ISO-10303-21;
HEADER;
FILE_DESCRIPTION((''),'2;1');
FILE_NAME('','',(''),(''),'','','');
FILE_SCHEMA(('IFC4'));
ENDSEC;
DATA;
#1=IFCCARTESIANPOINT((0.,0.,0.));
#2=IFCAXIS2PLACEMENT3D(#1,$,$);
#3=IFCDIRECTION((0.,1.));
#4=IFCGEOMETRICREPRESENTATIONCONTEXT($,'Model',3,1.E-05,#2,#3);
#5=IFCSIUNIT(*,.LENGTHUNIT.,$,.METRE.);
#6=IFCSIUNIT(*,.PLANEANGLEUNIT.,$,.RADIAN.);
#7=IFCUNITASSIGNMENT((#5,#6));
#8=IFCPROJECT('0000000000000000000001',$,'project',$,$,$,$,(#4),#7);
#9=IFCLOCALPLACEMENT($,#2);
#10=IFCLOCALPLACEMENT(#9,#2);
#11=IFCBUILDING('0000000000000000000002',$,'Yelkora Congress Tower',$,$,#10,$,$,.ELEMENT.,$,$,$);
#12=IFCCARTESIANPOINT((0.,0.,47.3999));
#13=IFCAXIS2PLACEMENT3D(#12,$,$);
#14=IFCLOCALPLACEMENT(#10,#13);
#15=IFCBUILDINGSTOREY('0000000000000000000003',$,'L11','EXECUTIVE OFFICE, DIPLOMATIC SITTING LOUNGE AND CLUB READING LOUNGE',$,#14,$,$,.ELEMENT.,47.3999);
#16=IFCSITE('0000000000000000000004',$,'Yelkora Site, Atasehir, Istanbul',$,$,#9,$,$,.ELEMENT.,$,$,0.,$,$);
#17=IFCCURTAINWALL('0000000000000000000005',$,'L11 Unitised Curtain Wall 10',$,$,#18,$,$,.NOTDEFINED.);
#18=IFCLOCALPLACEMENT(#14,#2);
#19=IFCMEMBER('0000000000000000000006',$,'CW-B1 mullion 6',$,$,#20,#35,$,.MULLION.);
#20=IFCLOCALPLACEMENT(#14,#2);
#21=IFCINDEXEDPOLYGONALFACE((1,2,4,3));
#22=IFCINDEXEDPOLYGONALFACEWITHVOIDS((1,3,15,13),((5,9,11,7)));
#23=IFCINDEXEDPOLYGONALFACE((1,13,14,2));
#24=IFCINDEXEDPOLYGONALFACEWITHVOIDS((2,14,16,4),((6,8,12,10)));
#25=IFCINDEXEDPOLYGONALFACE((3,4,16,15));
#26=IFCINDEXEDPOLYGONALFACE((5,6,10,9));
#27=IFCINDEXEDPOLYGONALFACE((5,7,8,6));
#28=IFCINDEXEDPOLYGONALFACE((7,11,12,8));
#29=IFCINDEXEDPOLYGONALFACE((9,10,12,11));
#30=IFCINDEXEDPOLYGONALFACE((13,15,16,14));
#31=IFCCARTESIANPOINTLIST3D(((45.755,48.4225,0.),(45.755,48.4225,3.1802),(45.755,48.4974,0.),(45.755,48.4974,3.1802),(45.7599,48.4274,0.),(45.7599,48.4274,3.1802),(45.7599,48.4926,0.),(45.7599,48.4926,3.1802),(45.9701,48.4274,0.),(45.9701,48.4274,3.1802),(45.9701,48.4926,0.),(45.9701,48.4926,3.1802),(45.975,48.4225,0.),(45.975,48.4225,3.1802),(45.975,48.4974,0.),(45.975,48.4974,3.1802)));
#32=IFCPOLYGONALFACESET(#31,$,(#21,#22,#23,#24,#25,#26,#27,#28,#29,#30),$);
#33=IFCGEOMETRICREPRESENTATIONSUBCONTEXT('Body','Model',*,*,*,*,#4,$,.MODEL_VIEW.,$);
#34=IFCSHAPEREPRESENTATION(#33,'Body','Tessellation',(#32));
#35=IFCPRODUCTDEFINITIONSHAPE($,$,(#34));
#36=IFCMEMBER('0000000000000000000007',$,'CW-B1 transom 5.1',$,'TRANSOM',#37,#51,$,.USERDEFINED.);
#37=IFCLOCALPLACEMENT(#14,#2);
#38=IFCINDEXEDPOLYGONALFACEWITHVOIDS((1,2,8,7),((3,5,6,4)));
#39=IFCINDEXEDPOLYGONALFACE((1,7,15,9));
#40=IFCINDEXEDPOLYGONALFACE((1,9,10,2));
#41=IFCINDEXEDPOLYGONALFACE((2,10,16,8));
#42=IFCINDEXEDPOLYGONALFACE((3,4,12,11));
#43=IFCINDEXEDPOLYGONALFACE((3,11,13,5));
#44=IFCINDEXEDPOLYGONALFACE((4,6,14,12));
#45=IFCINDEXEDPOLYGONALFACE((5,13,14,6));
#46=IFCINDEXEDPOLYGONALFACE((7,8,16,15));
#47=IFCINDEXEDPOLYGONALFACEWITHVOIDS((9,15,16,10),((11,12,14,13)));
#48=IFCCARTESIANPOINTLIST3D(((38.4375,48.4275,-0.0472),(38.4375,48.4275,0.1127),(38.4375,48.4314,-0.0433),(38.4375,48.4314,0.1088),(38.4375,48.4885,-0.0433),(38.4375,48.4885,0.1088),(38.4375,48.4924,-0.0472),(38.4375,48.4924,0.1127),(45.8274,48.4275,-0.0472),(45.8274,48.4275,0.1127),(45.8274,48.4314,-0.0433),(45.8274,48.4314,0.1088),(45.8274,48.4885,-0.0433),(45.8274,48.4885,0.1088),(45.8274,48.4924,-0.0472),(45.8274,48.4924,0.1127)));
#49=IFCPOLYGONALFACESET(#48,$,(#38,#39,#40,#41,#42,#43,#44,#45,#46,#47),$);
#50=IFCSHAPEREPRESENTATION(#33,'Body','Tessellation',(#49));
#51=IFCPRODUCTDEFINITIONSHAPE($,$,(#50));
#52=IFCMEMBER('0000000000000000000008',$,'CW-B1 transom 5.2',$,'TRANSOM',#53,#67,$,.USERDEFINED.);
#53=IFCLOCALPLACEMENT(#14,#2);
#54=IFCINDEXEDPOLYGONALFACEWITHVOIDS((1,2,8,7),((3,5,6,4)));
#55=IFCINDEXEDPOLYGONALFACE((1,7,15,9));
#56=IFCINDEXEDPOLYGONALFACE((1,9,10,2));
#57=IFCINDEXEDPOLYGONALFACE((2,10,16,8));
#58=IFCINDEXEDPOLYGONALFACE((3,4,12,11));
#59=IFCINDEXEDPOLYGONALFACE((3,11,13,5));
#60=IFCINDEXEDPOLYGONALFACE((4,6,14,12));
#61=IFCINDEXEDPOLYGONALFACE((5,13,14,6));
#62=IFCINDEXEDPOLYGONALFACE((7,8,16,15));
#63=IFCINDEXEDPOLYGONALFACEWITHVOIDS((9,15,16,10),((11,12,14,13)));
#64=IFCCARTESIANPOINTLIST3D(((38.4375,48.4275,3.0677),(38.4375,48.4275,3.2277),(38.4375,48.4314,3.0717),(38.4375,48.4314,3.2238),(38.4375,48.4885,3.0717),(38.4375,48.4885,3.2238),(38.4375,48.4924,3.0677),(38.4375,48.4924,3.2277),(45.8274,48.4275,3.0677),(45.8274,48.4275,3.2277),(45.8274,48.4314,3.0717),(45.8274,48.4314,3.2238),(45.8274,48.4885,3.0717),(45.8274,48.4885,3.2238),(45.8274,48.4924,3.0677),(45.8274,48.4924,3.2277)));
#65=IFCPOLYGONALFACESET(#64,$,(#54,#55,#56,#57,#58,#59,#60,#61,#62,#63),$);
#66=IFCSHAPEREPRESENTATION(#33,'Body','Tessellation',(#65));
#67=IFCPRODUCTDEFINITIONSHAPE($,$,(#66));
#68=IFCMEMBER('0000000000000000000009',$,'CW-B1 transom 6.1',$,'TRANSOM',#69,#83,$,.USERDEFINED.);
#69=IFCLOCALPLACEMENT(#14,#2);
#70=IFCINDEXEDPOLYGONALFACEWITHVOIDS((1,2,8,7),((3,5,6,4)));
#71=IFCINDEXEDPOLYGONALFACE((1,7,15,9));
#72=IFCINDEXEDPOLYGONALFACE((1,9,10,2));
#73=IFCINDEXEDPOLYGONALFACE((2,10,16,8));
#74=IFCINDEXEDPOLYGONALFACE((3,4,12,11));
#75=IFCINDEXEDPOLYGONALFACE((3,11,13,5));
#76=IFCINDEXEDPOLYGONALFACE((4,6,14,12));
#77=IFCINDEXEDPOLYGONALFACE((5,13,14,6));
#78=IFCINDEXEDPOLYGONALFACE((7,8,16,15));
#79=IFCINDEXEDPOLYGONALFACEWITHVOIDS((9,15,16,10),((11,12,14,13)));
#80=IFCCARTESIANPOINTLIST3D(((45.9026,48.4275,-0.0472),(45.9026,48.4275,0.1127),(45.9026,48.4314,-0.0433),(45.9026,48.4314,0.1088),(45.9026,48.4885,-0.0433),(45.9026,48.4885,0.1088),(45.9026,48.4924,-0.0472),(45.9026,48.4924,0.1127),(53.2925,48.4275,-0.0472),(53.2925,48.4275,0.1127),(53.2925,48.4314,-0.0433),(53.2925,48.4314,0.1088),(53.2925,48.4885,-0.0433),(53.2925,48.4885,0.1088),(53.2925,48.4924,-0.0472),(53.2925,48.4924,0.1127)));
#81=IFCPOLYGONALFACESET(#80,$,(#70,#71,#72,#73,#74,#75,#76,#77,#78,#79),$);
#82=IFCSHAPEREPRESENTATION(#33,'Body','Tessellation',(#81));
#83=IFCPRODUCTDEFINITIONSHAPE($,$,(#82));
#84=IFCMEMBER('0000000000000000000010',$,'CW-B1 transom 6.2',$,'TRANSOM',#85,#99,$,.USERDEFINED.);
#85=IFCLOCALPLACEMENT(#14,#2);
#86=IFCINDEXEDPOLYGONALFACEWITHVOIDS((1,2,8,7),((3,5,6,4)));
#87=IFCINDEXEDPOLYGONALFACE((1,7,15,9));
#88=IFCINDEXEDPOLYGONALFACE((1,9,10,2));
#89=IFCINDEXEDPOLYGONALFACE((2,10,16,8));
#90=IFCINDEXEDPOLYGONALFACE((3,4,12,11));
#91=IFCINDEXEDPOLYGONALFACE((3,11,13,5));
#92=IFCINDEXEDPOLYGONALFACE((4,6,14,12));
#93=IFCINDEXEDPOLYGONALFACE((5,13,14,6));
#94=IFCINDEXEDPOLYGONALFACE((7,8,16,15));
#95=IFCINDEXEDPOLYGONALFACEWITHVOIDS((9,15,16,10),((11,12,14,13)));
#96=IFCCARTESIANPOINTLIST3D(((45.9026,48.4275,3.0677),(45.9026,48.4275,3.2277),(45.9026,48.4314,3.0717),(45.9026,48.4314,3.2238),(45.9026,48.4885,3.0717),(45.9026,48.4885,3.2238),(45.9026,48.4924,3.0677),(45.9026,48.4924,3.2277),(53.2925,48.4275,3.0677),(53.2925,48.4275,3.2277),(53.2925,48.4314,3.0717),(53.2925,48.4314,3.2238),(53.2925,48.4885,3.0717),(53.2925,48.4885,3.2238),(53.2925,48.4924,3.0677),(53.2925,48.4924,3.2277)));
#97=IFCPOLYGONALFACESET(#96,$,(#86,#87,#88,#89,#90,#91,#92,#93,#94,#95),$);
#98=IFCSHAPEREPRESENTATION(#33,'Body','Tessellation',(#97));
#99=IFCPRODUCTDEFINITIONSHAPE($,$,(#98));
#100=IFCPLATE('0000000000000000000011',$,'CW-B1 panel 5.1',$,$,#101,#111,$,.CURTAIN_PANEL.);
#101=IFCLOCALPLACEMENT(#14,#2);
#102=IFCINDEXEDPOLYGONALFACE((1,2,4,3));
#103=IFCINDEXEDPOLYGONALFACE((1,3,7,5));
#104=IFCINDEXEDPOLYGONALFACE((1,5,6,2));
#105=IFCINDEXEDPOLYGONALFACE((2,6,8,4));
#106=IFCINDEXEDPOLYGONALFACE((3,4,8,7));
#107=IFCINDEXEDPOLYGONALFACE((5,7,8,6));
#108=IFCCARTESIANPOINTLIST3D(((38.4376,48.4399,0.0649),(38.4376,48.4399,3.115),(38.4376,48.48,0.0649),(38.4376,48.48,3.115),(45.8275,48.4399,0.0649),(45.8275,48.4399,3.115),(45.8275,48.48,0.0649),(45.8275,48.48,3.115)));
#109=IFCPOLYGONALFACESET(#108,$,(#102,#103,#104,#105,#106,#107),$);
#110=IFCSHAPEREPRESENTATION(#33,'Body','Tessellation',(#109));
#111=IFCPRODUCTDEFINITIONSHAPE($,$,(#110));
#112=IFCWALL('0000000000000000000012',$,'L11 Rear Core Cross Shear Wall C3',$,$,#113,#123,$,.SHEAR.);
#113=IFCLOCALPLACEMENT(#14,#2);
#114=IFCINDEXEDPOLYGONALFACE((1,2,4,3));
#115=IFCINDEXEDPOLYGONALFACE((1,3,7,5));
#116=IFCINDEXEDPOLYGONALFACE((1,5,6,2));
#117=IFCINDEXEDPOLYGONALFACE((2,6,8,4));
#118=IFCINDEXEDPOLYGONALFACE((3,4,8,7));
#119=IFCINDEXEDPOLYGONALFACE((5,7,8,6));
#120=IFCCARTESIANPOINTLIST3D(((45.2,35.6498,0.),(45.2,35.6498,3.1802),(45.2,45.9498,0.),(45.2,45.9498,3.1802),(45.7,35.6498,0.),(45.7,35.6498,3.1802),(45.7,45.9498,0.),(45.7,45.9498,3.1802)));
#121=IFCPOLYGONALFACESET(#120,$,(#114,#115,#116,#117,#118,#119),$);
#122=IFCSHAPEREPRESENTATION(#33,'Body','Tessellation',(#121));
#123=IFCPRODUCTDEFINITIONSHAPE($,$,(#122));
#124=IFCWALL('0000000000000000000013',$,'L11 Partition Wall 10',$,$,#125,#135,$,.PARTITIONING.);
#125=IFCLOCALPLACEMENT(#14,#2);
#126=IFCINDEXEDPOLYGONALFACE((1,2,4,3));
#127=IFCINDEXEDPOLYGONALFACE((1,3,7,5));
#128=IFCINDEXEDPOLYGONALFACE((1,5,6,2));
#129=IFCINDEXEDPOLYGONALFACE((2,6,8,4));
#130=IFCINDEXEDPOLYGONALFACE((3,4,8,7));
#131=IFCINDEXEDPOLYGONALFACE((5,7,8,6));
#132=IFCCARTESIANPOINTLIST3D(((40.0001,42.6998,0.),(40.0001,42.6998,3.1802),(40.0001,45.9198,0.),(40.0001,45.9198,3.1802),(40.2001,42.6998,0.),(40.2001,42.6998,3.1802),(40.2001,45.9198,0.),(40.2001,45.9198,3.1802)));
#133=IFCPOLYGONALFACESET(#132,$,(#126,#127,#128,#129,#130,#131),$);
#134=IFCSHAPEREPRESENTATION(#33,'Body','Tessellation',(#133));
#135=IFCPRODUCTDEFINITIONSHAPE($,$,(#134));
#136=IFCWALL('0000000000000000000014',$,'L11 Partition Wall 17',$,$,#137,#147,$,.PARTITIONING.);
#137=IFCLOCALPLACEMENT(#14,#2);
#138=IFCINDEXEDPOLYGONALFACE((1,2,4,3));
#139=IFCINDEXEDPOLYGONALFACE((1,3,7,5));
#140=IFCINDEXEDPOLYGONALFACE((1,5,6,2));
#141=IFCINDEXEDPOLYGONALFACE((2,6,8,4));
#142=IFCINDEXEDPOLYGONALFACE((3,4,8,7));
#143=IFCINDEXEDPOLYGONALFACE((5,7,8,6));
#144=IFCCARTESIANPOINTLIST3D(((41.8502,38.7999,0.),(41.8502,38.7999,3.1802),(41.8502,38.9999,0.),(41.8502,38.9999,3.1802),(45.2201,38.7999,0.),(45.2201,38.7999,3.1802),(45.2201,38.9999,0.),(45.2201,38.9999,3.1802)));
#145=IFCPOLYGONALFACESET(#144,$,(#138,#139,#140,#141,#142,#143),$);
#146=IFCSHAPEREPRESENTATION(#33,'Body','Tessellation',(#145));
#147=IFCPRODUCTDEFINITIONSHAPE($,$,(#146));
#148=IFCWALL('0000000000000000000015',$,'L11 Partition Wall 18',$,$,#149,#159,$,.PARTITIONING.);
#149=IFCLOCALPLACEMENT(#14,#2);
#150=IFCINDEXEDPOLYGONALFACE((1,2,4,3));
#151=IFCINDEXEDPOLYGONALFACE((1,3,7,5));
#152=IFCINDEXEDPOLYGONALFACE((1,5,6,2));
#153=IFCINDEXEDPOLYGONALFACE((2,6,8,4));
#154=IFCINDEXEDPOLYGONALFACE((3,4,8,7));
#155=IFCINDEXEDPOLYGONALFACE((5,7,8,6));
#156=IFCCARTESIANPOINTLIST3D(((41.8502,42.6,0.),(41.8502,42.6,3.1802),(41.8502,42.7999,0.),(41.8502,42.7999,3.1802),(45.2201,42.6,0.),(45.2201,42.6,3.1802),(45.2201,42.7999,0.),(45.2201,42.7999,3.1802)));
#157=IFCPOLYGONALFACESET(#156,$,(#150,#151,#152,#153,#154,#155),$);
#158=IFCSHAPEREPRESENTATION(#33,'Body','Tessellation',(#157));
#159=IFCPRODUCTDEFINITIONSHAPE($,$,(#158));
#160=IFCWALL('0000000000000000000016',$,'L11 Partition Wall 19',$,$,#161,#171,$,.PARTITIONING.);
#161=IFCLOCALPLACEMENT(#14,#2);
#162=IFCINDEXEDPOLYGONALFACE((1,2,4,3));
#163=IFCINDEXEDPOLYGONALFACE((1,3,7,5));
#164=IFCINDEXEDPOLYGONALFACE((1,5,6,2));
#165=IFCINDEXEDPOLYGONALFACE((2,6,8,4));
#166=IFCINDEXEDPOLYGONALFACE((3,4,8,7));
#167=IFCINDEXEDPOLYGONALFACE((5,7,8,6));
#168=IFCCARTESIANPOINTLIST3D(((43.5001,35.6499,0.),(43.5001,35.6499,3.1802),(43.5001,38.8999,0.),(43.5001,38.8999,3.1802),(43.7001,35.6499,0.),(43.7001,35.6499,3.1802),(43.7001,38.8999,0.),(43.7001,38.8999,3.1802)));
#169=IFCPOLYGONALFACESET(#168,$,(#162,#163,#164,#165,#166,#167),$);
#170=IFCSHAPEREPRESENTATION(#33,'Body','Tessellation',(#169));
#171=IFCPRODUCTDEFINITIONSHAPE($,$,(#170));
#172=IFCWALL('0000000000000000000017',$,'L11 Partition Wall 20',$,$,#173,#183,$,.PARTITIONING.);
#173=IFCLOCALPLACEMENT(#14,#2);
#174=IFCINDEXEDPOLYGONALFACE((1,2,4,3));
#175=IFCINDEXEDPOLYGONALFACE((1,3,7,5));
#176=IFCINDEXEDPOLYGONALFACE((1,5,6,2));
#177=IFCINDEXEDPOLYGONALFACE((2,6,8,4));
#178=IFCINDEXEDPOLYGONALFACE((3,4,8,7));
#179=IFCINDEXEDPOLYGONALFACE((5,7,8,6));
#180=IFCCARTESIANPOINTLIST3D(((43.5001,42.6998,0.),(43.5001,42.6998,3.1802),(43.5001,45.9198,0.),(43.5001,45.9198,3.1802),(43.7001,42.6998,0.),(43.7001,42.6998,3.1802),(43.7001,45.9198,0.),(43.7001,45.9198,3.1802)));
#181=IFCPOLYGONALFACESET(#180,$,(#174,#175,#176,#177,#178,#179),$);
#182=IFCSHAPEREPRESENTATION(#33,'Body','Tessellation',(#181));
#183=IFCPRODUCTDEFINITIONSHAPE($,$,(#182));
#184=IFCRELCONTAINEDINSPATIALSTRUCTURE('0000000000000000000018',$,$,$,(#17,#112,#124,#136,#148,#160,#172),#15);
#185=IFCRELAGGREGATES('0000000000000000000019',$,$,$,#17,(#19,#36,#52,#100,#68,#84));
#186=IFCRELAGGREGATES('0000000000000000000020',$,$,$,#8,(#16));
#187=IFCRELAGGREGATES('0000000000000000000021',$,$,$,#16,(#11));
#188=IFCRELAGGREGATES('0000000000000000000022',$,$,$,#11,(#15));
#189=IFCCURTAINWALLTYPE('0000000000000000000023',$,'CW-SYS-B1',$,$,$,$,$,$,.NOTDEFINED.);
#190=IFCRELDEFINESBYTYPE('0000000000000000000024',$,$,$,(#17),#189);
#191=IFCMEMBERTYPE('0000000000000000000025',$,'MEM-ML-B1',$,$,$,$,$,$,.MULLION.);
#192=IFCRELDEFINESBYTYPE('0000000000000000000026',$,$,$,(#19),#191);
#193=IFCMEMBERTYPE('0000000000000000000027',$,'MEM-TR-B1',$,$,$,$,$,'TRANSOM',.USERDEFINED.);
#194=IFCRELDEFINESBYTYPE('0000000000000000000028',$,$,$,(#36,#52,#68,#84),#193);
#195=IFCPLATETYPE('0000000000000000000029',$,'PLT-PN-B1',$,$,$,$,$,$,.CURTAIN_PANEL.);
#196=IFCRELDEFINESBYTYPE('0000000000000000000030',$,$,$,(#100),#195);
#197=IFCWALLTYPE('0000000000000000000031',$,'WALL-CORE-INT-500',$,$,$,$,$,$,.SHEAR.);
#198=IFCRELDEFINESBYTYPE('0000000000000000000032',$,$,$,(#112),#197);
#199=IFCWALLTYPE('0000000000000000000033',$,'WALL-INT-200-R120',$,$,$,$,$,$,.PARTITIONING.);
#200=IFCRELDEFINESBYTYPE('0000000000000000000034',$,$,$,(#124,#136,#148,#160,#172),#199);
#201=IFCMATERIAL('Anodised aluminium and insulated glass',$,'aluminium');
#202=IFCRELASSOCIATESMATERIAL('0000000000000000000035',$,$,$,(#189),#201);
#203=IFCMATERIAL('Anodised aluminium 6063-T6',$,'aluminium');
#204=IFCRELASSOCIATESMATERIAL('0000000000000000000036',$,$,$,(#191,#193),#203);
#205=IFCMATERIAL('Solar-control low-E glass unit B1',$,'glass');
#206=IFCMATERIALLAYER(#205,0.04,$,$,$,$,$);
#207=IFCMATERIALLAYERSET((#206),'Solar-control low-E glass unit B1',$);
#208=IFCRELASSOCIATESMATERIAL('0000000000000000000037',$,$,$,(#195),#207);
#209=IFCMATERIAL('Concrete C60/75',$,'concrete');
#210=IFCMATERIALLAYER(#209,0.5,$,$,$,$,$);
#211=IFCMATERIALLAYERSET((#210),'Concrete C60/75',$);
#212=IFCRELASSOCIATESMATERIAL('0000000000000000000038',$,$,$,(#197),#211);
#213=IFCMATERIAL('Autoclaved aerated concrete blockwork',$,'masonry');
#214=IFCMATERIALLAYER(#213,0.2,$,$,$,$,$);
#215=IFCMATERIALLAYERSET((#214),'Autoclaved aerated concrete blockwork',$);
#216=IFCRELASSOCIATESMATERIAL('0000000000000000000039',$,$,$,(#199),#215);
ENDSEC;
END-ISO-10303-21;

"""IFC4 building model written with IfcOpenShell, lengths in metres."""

from ifc_helpers import new_model, si_unit, direction, frame, frame_2d, origin, origin_2d, place, context, subcontext, project, spatial, rectangle, hollow_rectangle, extrude, material, layer, layer_set, material_profile, profile_set, type_object, element, aggregate, save


model = new_model("IFC4")

# Units and contexts
model_context = context("Model", 3, precision=1e-05, world=origin(), true_north=direction((0.0, 1.0)))
body_context = subcontext(model_context, "Body", "Model", "MODEL_VIEW")
ifc_project = project(units=[si_unit("LENGTHUNIT", "METRE"), si_unit("PLANEANGLEUNIT", "RADIAN")], contexts=[model_context])

# Site, building, storey
site_placement = place(None, origin())
site = spatial("IfcSite", under=ifc_project, at=site_placement, Name="Yelkora Site, Atasehir, Istanbul", CompositionType="ELEMENT", RefElevation=0.0)
building_placement = place(site_placement, origin())
building = spatial("IfcBuilding", under=site, at=building_placement, Name="Yelkora Congress Tower", CompositionType="ELEMENT")
storey_placement = place(building_placement, frame((0.0, 0.0, 47.3999)))
storey = spatial("IfcBuildingStorey", under=building, at=storey_placement, Name="L11", Description="EXECUTIVE OFFICE, DIPLOMATIC SITTING LOUNGE AND CLUB READING LOUNGE", CompositionType="ELEMENT", Elevation=47.3999)

# Shared definitions
ifc_material_1 = material(Name="Concrete C60/75", Category="concrete")

# Curtain wall, members, plate
ifc_material_2 = material(Name="Anodised aluminium and insulated glass", Category="aluminium")
curtain_wall_type = type_object("IfcCurtainWallType", Name="CW-SYS-B1", PredefinedType="NOTDEFINED", material=ifc_material_2)
curtain_wall_placement = place(storey_placement, origin())
curtain_wall = element("IfcCurtainWall", 1, at=curtain_wall_placement, inside=storey, type_object=curtain_wall_type, Name="L11 Unitised Curtain Wall 10", PredefinedType="NOTDEFINED")
ifc_material_3 = material(Name="Anodised aluminium 6063-T6", Category="aluminium")
ifc_material_profile_1 = material_profile(ifc_material_3, hollow_rectangle(XDim=0.075, YDim=0.22, WallThickness=0.0049, at=origin_2d()), Name="ALU 75x220x5")
ifc_profile_set_1 = profile_set([ifc_material_profile_1], Name="Anodised aluminium 6063-T6")
member_type_1 = type_object("IfcMemberType", Name="MEM-ML-B1", PredefinedType="MULLION", material=ifc_profile_set_1)
member_1_placement = place(storey_placement, frame((45.865, 48.46, 0.0), z_axis=(0.0, 0.0, 1.0), x_axis=(0.0, 1.0, 0.0)))
member_1 = element("IfcMember", 2, at=member_1_placement, type_object=member_type_1, Name="CW-B1 mullion 6", PredefinedType="MULLION", context=body_context, shape_type="SweptSolid", body=[
    extrude(hollow_rectangle(XDim=0.075, YDim=0.22, WallThickness=0.0049, at=origin_2d()), origin(), (0.0, 0.0, 1.0), 3.1802),
])
ifc_material_profile_2 = material_profile(ifc_material_3, hollow_rectangle(XDim=0.0649, YDim=0.1599, WallThickness=0.0039, at=origin_2d()), Name="ALU 65x160x4")
ifc_profile_set_2 = profile_set([ifc_material_profile_2], Name="Anodised aluminium 6063-T6")
member_type_2 = type_object("IfcMemberType", Name="MEM-TR-B1", ElementType="TRANSOM", PredefinedType="USERDEFINED", material=ifc_profile_set_2)
member_2_placement = place(storey_placement, frame((38.4375, 48.46, 0.0327), z_axis=(1.0, 0.0, 0.0), x_axis=(0.0, 1.0, 0.0)))
member_2 = element("IfcMember", 3, at=member_2_placement, type_object=member_type_2, Name="CW-B1 transom 5.1", ObjectType="TRANSOM", PredefinedType="USERDEFINED", context=body_context, shape_type="SweptSolid", body=[
    extrude(hollow_rectangle(XDim=0.0649, YDim=0.1599, WallThickness=0.0039, at=origin_2d()), origin(), (0.0, 0.0, 1.0), 7.3899),
])
member_3_placement = place(storey_placement, frame((38.4375, 48.46, 3.1477), z_axis=(1.0, 0.0, 0.0), x_axis=(0.0, 1.0, 0.0)))
member_3 = element("IfcMember", 4, at=member_3_placement, type_object=member_type_2, Name="CW-B1 transom 5.2", ObjectType="TRANSOM", PredefinedType="USERDEFINED", context=body_context, shape_type="SweptSolid", body=[
    extrude(hollow_rectangle(XDim=0.0649, YDim=0.1599, WallThickness=0.0039, at=origin_2d()), origin(), (0.0, 0.0, 1.0), 7.3899),
])
member_4_placement = place(storey_placement, frame((45.9026, 48.46, 0.0327), z_axis=(1.0, 0.0, 0.0), x_axis=(0.0, 1.0, 0.0)))
member_4 = element("IfcMember", 5, at=member_4_placement, type_object=member_type_2, Name="CW-B1 transom 6.1", ObjectType="TRANSOM", PredefinedType="USERDEFINED", context=body_context, shape_type="SweptSolid", body=[
    extrude(hollow_rectangle(XDim=0.0649, YDim=0.1599, WallThickness=0.0039, at=origin_2d()), origin(), (0.0, 0.0, 1.0), 7.3899),
])
member_5_placement = place(storey_placement, frame((45.9026, 48.46, 3.1477), z_axis=(1.0, 0.0, 0.0), x_axis=(0.0, 1.0, 0.0)))
member_5 = element("IfcMember", 6, at=member_5_placement, type_object=member_type_2, Name="CW-B1 transom 6.2", ObjectType="TRANSOM", PredefinedType="USERDEFINED", context=body_context, shape_type="SweptSolid", body=[
    extrude(hollow_rectangle(XDim=0.0649, YDim=0.1599, WallThickness=0.0039, at=origin_2d()), origin(), (0.0, 0.0, 1.0), 7.3899),
])
ifc_material_4 = material(Name="Solar-control low-E glass unit B1", Category="glass")
ifc_layer_1 = layer(ifc_material_4, 0.04)
ifc_layer_set_1 = layer_set([ifc_layer_1], Name="Solar-control low-E glass unit B1")
plate_type = type_object("IfcPlateType", Name="PLT-PN-B1", PredefinedType="CURTAIN_PANEL", material=ifc_layer_set_1)
plate_placement = place(storey_placement, frame((42.1326, 48.46, 0.0649), z_axis=(0.0, 0.0, 1.0), x_axis=(1.0, 0.0, 0.0)))
plate = element("IfcPlate", 7, at=plate_placement, type_object=plate_type, Name="CW-B1 panel 5.1", PredefinedType="CURTAIN_PANEL", context=body_context, shape_type="SweptSolid", body=[
    extrude(rectangle(XDim=7.3899, YDim=0.04, at=origin_2d()), origin(), (0.0, 0.0, 1.0), 3.05),
])
aggregate(curtain_wall, [member_1, member_2, member_3, plate, member_4, member_5])

# Wall
ifc_layer_2 = layer(ifc_material_1, 0.5)
ifc_layer_set_2 = layer_set([ifc_layer_2], Name="Concrete C60/75")
wall_type_1 = type_object("IfcWallType", Name="WALL-CORE-INT-500", PredefinedType="SHEAR", material=ifc_layer_set_2)
wall_1_placement = place(storey_placement, frame((45.45, 35.6499, 0.0), z_axis=(0.0, 0.0, 1.0), x_axis=(0.0, 1.0, 0.0)))
element("IfcWall", 8, at=wall_1_placement, inside=storey, type_object=wall_type_1, Name="L11 Rear Core Cross Shear Wall C3", PredefinedType="SHEAR", context=body_context, shape_type="SweptSolid", body=[
    extrude(rectangle(XDim=10.3, YDim=0.5, at=frame_2d((5.1499, 0.0))), origin(), (0.0, 0.0, 1.0), 3.1802),
])

# Walls
ifc_material_5 = material(Name="Autoclaved aerated concrete blockwork", Category="masonry")
ifc_layer_3 = layer(ifc_material_5, 0.2)
ifc_layer_set_3 = layer_set([ifc_layer_3], Name="Autoclaved aerated concrete blockwork")
wall_type_2 = type_object("IfcWallType", Name="WALL-INT-200-R120", PredefinedType="PARTITIONING", material=ifc_layer_set_3)
wall_2_placement = place(storey_placement, frame((40.1001, 42.7, 0.0), z_axis=(0.0, 0.0, 1.0), x_axis=(0.0, 1.0, 0.0)))
element("IfcWall", 9, at=wall_2_placement, inside=storey, type_object=wall_type_2, Name="L11 Partition Wall 10", PredefinedType="PARTITIONING", context=body_context, shape_type="SweptSolid", body=[
    extrude(rectangle(XDim=3.22, YDim=0.2, at=frame_2d((1.6099, 0.0))), origin(), (0.0, 0.0, 1.0), 3.1802),
])
for number, where, z_axis, x_axis, name in (
    (10, (41.8501, 38.8999, 0.0), (0.0, 0.0, 1.0), (1.0, 0.0, 0.0), "L11 Partition Wall 17"),
    (11, (41.8501, 42.7, 0.0), (0.0, 0.0, 1.0), (1.0, 0.0, 0.0), "L11 Partition Wall 18"),
):
    element("IfcWall", number, at=place(storey_placement, frame(where, z_axis=z_axis, x_axis=x_axis)), inside=storey, type_object=wall_type_2, Name=name, PredefinedType="PARTITIONING", context=body_context, shape_type="SweptSolid", body=[
        extrude(rectangle(XDim=3.3699, YDim=0.2, at=frame_2d((1.6851, 0.0))), origin(), (0.0, 0.0, 1.0), 3.1802),
    ])
wall_3_placement = place(storey_placement, frame((43.6001, 35.6499, 0.0), z_axis=(0.0, 0.0, 1.0), x_axis=(0.0, 1.0, 0.0)))
element("IfcWall", 12, at=wall_3_placement, inside=storey, type_object=wall_type_2, Name="L11 Partition Wall 19", PredefinedType="PARTITIONING", context=body_context, shape_type="SweptSolid", body=[
    extrude(rectangle(XDim=3.25, YDim=0.2, at=frame_2d((1.625, 0.0))), origin(), (0.0, 0.0, 1.0), 3.1802),
])
wall_4_placement = place(storey_placement, frame((43.6001, 42.7, 0.0), z_axis=(0.0, 0.0, 1.0), x_axis=(0.0, 1.0, 0.0)))
element("IfcWall", 13, at=wall_4_placement, inside=storey, type_object=wall_type_2, Name="L11 Partition Wall 20", PredefinedType="PARTITIONING", context=body_context, shape_type="SweptSolid", body=[
    extrude(rectangle(XDim=3.22, YDim=0.2, at=frame_2d((1.6099, 0.0))), origin(), (0.0, 0.0, 1.0), 3.1802),
])

save(model, "model.ifc")
